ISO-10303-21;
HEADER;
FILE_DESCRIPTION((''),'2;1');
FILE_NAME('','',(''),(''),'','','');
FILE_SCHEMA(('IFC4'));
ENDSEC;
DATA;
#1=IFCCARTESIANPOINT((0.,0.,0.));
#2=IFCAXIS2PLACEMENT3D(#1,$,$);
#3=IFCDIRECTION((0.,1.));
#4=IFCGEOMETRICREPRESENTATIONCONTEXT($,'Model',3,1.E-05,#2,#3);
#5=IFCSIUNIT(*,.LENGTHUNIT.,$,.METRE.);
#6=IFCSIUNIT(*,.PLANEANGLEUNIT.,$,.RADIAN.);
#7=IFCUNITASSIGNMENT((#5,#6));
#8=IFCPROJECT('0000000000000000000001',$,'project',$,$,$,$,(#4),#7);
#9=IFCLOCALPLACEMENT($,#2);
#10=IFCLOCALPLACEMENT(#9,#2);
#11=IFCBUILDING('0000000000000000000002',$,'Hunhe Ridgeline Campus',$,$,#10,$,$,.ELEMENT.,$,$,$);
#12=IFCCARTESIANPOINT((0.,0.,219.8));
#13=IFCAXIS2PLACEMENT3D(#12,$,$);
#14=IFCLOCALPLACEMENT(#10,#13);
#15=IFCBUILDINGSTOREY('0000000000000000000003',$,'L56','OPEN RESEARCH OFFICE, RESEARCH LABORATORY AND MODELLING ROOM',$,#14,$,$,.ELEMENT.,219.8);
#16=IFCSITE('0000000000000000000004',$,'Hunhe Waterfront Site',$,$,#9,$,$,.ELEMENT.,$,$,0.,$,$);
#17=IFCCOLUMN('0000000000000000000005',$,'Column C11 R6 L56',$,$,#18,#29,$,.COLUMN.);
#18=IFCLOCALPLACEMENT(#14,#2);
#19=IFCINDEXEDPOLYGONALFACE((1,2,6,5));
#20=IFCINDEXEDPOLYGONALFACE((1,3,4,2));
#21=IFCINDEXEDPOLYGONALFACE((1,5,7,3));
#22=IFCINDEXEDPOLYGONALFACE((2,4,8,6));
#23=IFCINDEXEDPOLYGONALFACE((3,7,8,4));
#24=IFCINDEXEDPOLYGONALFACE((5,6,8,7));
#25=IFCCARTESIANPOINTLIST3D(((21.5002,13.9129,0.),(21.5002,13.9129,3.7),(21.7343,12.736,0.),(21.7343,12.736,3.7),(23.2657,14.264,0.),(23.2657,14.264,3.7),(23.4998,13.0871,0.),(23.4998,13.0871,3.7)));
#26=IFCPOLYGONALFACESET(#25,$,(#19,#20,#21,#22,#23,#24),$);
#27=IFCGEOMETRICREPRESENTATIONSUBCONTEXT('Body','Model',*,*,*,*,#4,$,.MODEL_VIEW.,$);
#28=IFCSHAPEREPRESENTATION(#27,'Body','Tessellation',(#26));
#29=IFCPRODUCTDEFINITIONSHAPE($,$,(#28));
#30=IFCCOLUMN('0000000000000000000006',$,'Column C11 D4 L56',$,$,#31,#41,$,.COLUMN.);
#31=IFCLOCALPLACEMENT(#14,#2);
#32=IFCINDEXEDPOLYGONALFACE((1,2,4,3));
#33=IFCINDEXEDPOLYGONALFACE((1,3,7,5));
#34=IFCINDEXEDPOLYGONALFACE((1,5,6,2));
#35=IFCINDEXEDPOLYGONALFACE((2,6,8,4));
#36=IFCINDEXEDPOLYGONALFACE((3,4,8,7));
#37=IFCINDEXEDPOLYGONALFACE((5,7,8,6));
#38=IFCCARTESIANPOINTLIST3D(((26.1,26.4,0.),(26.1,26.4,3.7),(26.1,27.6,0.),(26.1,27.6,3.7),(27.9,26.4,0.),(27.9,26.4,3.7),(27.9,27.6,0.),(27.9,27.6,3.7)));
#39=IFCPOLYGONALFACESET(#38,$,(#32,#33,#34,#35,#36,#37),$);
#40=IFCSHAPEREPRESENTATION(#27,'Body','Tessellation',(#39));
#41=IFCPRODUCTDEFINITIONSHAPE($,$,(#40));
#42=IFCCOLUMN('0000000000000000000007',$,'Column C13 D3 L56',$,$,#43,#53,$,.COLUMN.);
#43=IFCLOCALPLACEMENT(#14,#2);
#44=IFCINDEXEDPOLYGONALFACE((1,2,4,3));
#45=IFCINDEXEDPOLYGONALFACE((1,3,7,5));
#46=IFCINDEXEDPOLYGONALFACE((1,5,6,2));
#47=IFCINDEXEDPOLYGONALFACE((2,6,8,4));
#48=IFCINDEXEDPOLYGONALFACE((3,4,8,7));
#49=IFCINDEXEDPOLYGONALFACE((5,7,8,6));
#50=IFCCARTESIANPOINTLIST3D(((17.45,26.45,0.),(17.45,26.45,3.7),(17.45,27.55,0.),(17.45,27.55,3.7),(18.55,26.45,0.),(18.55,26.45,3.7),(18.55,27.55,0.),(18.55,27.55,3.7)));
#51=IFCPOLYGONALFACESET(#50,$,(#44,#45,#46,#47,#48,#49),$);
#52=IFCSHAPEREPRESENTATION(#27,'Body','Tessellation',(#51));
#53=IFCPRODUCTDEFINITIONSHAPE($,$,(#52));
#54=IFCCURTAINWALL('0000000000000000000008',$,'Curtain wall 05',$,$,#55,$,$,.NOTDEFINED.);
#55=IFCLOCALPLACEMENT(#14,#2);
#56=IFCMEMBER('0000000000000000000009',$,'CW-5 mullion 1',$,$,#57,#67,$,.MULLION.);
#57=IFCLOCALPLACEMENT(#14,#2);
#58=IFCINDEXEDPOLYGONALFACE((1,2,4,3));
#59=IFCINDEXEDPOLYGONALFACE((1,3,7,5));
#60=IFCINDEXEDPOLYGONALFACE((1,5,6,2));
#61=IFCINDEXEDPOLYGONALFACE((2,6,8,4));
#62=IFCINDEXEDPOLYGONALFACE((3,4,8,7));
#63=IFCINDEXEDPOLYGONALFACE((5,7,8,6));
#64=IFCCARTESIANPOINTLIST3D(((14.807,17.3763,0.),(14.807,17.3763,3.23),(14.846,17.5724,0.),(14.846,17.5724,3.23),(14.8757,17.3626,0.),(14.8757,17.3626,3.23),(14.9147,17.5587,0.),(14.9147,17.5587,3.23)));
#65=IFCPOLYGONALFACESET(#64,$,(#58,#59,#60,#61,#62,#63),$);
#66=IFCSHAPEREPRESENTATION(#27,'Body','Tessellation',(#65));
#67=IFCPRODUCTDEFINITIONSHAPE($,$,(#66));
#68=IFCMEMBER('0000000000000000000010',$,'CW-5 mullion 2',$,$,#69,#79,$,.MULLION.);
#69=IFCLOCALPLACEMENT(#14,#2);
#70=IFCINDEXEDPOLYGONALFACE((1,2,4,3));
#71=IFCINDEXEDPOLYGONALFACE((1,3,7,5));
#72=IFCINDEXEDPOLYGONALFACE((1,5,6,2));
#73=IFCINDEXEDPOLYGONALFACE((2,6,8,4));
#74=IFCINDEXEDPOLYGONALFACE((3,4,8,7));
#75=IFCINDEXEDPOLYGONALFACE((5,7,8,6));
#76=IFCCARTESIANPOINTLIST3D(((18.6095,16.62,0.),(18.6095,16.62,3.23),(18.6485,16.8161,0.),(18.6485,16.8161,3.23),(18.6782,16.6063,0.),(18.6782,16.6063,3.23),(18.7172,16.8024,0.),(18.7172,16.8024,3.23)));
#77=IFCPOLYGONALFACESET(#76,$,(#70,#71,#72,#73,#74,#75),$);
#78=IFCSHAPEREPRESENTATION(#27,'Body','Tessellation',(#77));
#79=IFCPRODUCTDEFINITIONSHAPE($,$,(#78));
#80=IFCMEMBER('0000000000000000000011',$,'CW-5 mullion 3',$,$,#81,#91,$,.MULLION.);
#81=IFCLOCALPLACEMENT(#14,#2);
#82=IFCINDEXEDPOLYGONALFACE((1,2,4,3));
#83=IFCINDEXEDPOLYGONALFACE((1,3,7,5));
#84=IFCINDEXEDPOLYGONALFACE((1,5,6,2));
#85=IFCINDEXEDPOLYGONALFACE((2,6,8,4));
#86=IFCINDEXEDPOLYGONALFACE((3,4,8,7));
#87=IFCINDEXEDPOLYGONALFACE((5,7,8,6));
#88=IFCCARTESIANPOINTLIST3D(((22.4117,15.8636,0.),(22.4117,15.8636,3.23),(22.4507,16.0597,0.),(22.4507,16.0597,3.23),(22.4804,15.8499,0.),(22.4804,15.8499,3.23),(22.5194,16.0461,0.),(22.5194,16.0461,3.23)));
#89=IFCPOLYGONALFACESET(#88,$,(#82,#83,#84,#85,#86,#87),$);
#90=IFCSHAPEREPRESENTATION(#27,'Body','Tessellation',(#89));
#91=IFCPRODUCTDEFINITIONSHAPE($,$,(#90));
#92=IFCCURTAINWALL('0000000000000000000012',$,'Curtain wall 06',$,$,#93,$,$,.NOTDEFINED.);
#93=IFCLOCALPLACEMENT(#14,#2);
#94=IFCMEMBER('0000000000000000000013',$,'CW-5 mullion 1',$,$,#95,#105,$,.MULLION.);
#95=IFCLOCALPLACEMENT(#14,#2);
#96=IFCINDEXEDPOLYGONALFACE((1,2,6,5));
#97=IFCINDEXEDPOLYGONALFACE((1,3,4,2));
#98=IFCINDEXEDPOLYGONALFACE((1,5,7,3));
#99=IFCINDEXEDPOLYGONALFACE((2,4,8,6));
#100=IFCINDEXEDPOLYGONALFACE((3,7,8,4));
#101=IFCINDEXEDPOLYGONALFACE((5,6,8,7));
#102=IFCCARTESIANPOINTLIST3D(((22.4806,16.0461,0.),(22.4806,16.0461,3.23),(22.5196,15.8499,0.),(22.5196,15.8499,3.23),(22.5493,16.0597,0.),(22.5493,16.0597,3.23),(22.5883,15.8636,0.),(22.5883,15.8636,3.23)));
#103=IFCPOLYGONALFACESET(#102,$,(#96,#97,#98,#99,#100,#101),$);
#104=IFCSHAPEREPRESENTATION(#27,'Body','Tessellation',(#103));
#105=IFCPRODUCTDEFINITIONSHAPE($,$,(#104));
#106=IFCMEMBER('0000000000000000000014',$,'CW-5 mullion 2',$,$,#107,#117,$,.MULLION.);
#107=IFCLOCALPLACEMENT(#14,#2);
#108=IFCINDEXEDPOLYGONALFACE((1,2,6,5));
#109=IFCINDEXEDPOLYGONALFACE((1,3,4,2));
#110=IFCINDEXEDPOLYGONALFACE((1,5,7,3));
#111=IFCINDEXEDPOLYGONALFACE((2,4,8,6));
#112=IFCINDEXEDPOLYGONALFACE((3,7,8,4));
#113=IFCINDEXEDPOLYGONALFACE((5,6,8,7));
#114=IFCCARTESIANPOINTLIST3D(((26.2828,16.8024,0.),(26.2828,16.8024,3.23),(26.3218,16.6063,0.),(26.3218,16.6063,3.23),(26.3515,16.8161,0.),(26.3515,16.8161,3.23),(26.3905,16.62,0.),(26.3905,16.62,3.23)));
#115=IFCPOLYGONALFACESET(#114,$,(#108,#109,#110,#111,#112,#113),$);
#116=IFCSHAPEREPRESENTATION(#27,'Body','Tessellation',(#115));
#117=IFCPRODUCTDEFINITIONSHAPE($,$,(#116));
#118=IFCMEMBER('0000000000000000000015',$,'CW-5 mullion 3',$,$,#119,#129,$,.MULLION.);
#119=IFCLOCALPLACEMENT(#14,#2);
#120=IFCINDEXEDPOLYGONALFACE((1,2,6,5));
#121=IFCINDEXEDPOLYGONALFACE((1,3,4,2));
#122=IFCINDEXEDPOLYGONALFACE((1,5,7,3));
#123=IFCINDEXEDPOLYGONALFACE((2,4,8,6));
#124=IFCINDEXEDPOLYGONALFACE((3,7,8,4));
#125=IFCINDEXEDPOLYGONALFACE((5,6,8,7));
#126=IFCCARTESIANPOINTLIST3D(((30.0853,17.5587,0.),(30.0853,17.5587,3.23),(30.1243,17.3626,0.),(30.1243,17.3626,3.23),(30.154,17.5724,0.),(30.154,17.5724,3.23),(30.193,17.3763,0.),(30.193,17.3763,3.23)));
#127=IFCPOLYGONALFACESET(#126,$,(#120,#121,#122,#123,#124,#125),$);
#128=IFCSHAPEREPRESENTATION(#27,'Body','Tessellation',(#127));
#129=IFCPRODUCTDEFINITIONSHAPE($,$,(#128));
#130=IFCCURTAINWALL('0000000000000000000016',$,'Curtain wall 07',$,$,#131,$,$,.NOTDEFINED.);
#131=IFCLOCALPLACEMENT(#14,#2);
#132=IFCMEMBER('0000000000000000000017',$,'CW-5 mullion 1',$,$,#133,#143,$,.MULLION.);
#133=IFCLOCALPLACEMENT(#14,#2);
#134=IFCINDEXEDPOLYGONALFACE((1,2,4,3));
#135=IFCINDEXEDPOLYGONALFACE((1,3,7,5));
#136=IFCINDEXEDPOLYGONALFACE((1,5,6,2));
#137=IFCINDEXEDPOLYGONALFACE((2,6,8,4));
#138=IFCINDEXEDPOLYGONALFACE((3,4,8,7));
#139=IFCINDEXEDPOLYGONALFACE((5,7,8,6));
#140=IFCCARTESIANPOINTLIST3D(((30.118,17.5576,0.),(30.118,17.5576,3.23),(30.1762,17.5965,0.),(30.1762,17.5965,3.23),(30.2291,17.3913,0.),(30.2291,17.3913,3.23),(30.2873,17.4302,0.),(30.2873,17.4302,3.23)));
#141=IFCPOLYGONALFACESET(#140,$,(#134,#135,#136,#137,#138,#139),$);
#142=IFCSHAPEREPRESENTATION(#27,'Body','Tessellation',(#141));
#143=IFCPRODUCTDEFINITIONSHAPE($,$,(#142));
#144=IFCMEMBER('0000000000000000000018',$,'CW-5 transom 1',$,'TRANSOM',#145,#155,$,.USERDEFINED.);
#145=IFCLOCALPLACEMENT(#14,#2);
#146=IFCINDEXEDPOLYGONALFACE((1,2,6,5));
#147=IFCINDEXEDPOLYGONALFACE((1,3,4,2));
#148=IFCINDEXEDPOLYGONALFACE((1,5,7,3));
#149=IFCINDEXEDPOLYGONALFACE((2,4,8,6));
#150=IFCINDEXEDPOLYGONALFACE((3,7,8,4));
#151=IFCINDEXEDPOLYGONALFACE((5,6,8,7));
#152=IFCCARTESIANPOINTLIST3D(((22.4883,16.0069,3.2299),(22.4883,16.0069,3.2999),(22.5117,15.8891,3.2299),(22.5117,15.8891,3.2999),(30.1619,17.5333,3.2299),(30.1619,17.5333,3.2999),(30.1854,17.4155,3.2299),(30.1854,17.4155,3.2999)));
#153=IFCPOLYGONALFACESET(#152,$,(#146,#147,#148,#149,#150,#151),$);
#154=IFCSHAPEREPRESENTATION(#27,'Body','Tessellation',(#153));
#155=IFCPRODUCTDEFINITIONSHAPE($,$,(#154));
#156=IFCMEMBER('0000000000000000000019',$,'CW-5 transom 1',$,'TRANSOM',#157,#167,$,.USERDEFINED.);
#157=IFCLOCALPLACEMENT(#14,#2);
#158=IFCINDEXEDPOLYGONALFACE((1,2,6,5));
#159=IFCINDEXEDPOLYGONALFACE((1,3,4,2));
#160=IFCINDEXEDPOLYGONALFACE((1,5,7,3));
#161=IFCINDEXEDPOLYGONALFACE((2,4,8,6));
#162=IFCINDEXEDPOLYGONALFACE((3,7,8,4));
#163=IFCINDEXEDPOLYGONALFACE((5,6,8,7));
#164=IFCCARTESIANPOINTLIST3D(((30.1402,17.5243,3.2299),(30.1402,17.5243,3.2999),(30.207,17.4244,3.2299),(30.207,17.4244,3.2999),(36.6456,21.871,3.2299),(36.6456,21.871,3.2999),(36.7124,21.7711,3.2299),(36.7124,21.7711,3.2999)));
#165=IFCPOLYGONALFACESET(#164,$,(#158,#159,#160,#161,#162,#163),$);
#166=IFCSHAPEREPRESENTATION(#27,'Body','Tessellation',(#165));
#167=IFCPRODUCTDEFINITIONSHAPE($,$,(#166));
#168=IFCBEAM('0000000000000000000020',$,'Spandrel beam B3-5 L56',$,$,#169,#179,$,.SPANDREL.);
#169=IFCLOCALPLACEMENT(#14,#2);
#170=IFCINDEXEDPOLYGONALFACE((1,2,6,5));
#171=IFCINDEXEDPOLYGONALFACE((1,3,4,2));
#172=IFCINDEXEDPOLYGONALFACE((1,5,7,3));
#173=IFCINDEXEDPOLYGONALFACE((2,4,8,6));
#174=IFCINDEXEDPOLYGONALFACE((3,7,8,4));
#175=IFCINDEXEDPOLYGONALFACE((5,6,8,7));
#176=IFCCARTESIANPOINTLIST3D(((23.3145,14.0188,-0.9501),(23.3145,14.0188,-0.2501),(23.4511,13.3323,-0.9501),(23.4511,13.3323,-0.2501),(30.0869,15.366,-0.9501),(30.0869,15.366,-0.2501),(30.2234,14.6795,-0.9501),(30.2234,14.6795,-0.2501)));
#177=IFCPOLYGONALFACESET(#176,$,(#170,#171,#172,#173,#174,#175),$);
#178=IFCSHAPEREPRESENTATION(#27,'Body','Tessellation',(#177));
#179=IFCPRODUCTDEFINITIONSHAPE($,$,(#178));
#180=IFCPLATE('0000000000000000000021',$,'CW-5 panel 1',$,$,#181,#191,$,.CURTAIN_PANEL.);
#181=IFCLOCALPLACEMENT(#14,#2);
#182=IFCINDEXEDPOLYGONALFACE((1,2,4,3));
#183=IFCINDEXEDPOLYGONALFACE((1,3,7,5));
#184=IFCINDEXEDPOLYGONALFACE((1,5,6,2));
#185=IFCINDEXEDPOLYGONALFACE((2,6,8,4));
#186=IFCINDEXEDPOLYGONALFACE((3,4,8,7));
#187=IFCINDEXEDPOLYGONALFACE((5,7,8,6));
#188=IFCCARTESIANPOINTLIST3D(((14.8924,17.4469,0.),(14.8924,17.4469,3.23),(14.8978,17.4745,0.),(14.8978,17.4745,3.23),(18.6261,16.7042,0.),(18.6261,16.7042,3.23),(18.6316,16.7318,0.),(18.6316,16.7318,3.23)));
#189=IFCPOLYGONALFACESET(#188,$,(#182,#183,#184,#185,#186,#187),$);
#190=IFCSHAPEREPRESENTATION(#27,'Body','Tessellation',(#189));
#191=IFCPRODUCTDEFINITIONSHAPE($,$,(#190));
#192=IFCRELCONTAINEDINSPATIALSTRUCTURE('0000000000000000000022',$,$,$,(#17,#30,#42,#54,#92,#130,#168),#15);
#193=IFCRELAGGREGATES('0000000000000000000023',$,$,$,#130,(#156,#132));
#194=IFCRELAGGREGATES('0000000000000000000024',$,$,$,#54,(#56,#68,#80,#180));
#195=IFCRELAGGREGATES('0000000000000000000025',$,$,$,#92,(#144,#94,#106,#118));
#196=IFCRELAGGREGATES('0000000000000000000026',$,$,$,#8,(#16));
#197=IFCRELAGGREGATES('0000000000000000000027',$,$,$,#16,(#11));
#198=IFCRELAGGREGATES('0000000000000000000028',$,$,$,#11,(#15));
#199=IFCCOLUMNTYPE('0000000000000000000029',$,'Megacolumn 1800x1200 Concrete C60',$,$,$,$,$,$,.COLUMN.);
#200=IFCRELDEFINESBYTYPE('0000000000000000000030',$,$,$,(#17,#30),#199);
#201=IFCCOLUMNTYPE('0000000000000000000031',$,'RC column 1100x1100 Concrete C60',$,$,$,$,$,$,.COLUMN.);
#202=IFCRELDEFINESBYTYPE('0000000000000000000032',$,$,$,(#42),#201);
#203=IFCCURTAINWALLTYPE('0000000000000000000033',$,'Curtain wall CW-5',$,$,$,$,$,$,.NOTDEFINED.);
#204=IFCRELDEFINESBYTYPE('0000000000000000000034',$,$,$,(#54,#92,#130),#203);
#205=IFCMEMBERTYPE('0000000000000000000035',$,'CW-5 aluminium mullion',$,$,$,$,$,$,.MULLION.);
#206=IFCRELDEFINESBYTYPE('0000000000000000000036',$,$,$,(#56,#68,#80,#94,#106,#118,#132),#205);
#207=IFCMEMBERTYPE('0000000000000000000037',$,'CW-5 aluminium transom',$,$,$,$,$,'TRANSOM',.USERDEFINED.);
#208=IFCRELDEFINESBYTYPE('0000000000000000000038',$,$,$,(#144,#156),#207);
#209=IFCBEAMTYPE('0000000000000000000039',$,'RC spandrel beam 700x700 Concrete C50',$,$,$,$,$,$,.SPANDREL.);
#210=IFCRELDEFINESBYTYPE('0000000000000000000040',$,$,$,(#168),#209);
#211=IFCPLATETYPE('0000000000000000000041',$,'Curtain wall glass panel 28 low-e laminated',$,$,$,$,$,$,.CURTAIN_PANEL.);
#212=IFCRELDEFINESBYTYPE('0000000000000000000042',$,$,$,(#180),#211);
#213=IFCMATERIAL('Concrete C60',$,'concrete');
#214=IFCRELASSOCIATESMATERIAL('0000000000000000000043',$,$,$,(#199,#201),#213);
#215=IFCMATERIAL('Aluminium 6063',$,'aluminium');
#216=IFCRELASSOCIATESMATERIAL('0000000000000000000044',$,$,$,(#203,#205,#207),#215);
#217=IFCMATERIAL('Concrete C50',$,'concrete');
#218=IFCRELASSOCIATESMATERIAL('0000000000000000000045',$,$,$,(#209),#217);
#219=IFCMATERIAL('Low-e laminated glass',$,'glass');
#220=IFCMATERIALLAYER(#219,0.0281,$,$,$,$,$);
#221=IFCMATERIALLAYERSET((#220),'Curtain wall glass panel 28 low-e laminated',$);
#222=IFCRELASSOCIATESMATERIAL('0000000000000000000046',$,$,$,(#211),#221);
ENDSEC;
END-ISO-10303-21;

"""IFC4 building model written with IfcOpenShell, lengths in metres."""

from ifc_helpers import new_model, si_unit, direction, frame, origin, origin_2d, place, context, subcontext, project, spatial, rectangle, extrude, material, layer, layer_set, material_profile, profile_set, type_object, element, aggregate, save


model = new_model("IFC4")

# Units and contexts
model_context = context("Model", 3, precision=1e-05, world=origin(), true_north=direction((0.0, 1.0)))
body_context = subcontext(model_context, "Body", "Model", "MODEL_VIEW")
ifc_project = project(units=[si_unit("LENGTHUNIT", "METRE"), si_unit("PLANEANGLEUNIT", "RADIAN")], contexts=[model_context])

# Site, building, storey
site_placement = place(None, origin())
site = spatial("IfcSite", under=ifc_project, at=site_placement, Name="Hunhe Waterfront Site", CompositionType="ELEMENT", RefElevation=0.0)
building_placement = place(site_placement, origin())
building = spatial("IfcBuilding", under=site, at=building_placement, Name="Hunhe Ridgeline Campus", CompositionType="ELEMENT")
storey_placement = place(building_placement, frame((0.0, 0.0, 219.8)))
storey = spatial("IfcBuildingStorey", under=building, at=storey_placement, Name="L56", Description="OPEN RESEARCH OFFICE, RESEARCH LABORATORY AND MODELLING ROOM", CompositionType="ELEMENT", Elevation=219.8)

# Columns
ifc_material_1 = material(Name="Concrete C60", Category="concrete")
ifc_material_profile_1 = material_profile(ifc_material_1, rectangle(XDim=1.8, YDim=1.2, at=origin_2d()))
ifc_profile_set_1 = profile_set([ifc_material_profile_1], Name="Concrete C60")
column_type_1 = type_object("IfcColumnType", Name="Megacolumn 1800x1200 Concrete C60", PredefinedType="COLUMN", material=ifc_profile_set_1)
for number, where, z_axis, x_axis, name in (
    (1, (22.5, 13.5, 0.0), (0.0, 0.0, 1.0), (0.980785, 0.19509, 0.0), "Column C11 R6 L56"),
    (2, (27.0, 27.0, 0.0), (0.0, 0.0, 1.0), (1.0, 0.0, 0.0), "Column C11 D4 L56"),
):
    element("IfcColumn", number, at=place(storey_placement, frame(where, z_axis=z_axis, x_axis=x_axis)), inside=storey, type_object=column_type_1, Name=name, PredefinedType="COLUMN", context=body_context, shape_type="SweptSolid", body=[
        extrude(rectangle(XDim=1.8, YDim=1.2, at=origin_2d()), origin(), (0.0, 0.0, 1.0), 3.7),
    ])
ifc_material_profile_2 = material_profile(ifc_material_1, rectangle(XDim=1.1001, YDim=1.1001, at=origin_2d()))
ifc_profile_set_2 = profile_set([ifc_material_profile_2], Name="Concrete C60")
column_type_2 = type_object("IfcColumnType", Name="RC column 1100x1100 Concrete C60", PredefinedType="COLUMN", material=ifc_profile_set_2)
column_placement = place(storey_placement, frame((18.0, 27.0, 0.0), z_axis=(0.0, 0.0, 1.0), x_axis=(1.0, 0.0, 0.0)))
element("IfcColumn", 3, at=column_placement, inside=storey, type_object=column_type_2, Name="Column C13 D3 L56", PredefinedType="COLUMN", context=body_context, shape_type="SweptSolid", body=[
    extrude(rectangle(XDim=1.1001, YDim=1.1001, at=origin_2d()), origin(), (0.0, 0.0, 1.0), 3.7),
])

# Curtain walls, members
ifc_material_2 = material(Name="Aluminium 6063", Category="aluminium")
curtain_wall_type = type_object("IfcCurtainWallType", Name="Curtain wall CW-5", PredefinedType="NOTDEFINED", material=ifc_material_2)
curtain_wall_1_placement = place(storey_placement, origin())
curtain_wall_1 = element("IfcCurtainWall", 4, at=curtain_wall_1_placement, inside=storey, type_object=curtain_wall_type, Name="Curtain wall 05", PredefinedType="NOTDEFINED")
ifc_material_profile_3 = material_profile(ifc_material_2, rectangle(XDim=0.2, YDim=0.0701, at=origin_2d()))
ifc_profile_set_3 = profile_set([ifc_material_profile_3], Name="Aluminium 6063")
member_type_1 = type_object("IfcMemberType", Name="CW-5 aluminium mullion", PredefinedType="MULLION", material=ifc_profile_set_3)
member_1_placement = place(storey_placement, frame((14.8608, 17.4675, 0.0), z_axis=(0.0, 0.0, 1.0), x_axis=(0.19509, 0.980785, 0.0)))
member_1 = element("IfcMember", 5, at=member_1_placement, type_object=member_type_1, Name="CW-5 mullion 1", PredefinedType="MULLION", context=body_context, shape_type="SweptSolid", body=[
    extrude(rectangle(XDim=0.2, YDim=0.0701, at=origin_2d()), origin(), (0.0, 0.0, 1.0), 3.23),
])
member_2_placement = place(storey_placement, frame((18.6633, 16.7112, 0.0), z_axis=(0.0, 0.0, 1.0), x_axis=(0.19509, 0.980785, 0.0)))
member_2 = element("IfcMember", 6, at=member_2_placement, type_object=member_type_1, Name="CW-5 mullion 2", PredefinedType="MULLION", context=body_context, shape_type="SweptSolid", body=[
    extrude(rectangle(XDim=0.2, YDim=0.0701, at=origin_2d()), origin(), (0.0, 0.0, 1.0), 3.23),
])
member_3_placement = place(storey_placement, frame((22.4656, 15.9548, 0.0), z_axis=(0.0, 0.0, 1.0), x_axis=(0.19509, 0.980785, 0.0)))
member_3 = element("IfcMember", 7, at=member_3_placement, type_object=member_type_1, Name="CW-5 mullion 3", PredefinedType="MULLION", context=body_context, shape_type="SweptSolid", body=[
    extrude(rectangle(XDim=0.2, YDim=0.0701, at=origin_2d()), origin(), (0.0, 0.0, 1.0), 3.23),
])
curtain_wall_2_placement = place(storey_placement, origin())
curtain_wall_2 = element("IfcCurtainWall", 8, at=curtain_wall_2_placement, inside=storey, type_object=curtain_wall_type, Name="Curtain wall 06", PredefinedType="NOTDEFINED")
member_4_placement = place(storey_placement, frame((22.5344, 15.9548, 0.0), z_axis=(0.0, 0.0, 1.0), x_axis=(-0.19509, 0.980785, 0.0)))
member_4 = element("IfcMember", 9, at=member_4_placement, type_object=member_type_1, Name="CW-5 mullion 1", PredefinedType="MULLION", context=body_context, shape_type="SweptSolid", body=[
    extrude(rectangle(XDim=0.2, YDim=0.0701, at=origin_2d()), origin(), (0.0, 0.0, 1.0), 3.23),
])
member_5_placement = place(storey_placement, frame((26.3367, 16.7112, 0.0), z_axis=(0.0, 0.0, 1.0), x_axis=(-0.19509, 0.980785, 0.0)))
member_5 = element("IfcMember", 10, at=member_5_placement, type_object=member_type_1, Name="CW-5 mullion 2", PredefinedType="MULLION", context=body_context, shape_type="SweptSolid", body=[
    extrude(rectangle(XDim=0.2, YDim=0.0701, at=origin_2d()), origin(), (0.0, 0.0, 1.0), 3.23),
])
member_6_placement = place(storey_placement, frame((30.1392, 17.4675, 0.0), z_axis=(0.0, 0.0, 1.0), x_axis=(-0.19509, 0.980785, 0.0)))
member_6 = element("IfcMember", 11, at=member_6_placement, type_object=member_type_1, Name="CW-5 mullion 3", PredefinedType="MULLION", context=body_context, shape_type="SweptSolid", body=[
    extrude(rectangle(XDim=0.2, YDim=0.0701, at=origin_2d()), origin(), (0.0, 0.0, 1.0), 3.23),
])

# Curtain wall, member
curtain_wall_3_placement = place(storey_placement, origin())
curtain_wall_3 = element("IfcCurtainWall", 12, at=curtain_wall_3_placement, inside=storey, type_object=curtain_wall_type, Name="Curtain wall 07", PredefinedType="NOTDEFINED")
member_7_placement = place(storey_placement, frame((30.2026, 17.4939, 0.0), z_axis=(0.0, 0.0, 1.0), x_axis=(-0.55557, 0.83147, 0.0)))
member_7 = element("IfcMember", 13, at=member_7_placement, type_object=member_type_1, Name="CW-5 mullion 1", PredefinedType="MULLION", context=body_context, shape_type="SweptSolid", body=[
    extrude(rectangle(XDim=0.2, YDim=0.0701, at=origin_2d()), origin(), (0.0, 0.0, 1.0), 3.23),
])

# Members
ifc_material_profile_4 = material_profile(ifc_material_2, rectangle(XDim=0.1201, YDim=0.0701, at=origin_2d()))
ifc_profile_set_4 = profile_set([ifc_material_profile_4], Name="Aluminium 6063")
member_type_2 = type_object("IfcMemberType", Name="CW-5 aluminium transom", ElementType="TRANSOM", PredefinedType="USERDEFINED", material=ifc_profile_set_4)
member_8_placement = place(storey_placement, frame((22.5, 15.948, 3.2649), z_axis=(0.980785, 0.19509, 0.0), x_axis=(-0.19509, 0.980785, 0.0)))
member_8 = element("IfcMember", 14, at=member_8_placement, type_object=member_type_2, Name="CW-5 transom 1", ObjectType="TRANSOM", PredefinedType="USERDEFINED", context=body_context, shape_type="SweptSolid", body=[
    extrude(rectangle(XDim=0.1201, YDim=0.0701, at=origin_2d()), origin(), (0.0, 0.0, 1.0), 7.824),
])
member_9_placement = place(storey_placement, frame((30.1736, 17.4744, 3.2649), z_axis=(0.831474, 0.555564, 0.0), x_axis=(-0.555564, 0.831474, 0.0)))
member_9 = element("IfcMember", 15, at=member_9_placement, type_object=member_type_2, Name="CW-5 transom 1", ObjectType="TRANSOM", PredefinedType="USERDEFINED", context=body_context, shape_type="SweptSolid", body=[
    extrude(rectangle(XDim=0.1201, YDim=0.0701, at=origin_2d()), origin(), (0.0, 0.0, 1.0), 7.824),
])
aggregate(curtain_wall_3, [member_9, member_7])

# Beam
ifc_material_3 = material(Name="Concrete C50", Category="concrete")
ifc_material_profile_5 = material_profile(ifc_material_3, rectangle(XDim=0.7, YDim=0.7, at=origin_2d()))
ifc_profile_set_5 = profile_set([ifc_material_profile_5], Name="Concrete C50")
beam_type = type_object("IfcBeamType", Name="RC spandrel beam 700x700 Concrete C50", PredefinedType="SPANDREL", material=ifc_profile_set_5)
beam_placement = place(storey_placement, frame((23.3828, 13.6755, -0.6001), z_axis=(0.980783, 0.195103, 0.0), x_axis=(-0.195103, 0.980783, 0.0)))
element("IfcBeam", 16, at=beam_placement, inside=storey, type_object=beam_type, Name="Spandrel beam B3-5 L56", PredefinedType="SPANDREL", context=body_context, shape_type="SweptSolid", body=[
    extrude(rectangle(XDim=0.7, YDim=0.7, at=origin_2d()), origin(), (0.0, 0.0, 1.0), 6.905),
])

# Plate
ifc_material_4 = material(Name="Low-e laminated glass", Category="glass")
ifc_layer_1 = layer(ifc_material_4, 0.0281)
ifc_layer_set_1 = layer_set([ifc_layer_1], Name="Curtain wall glass panel 28 low-e laminated")
plate_type = type_object("IfcPlateType", Name="Curtain wall glass panel 28 low-e laminated", PredefinedType="CURTAIN_PANEL", material=ifc_layer_set_1)
plate_1_placement = place(storey_placement, frame((16.762, 17.0894, 0.0), z_axis=(0.0, 0.0, 1.0), x_axis=(0.980785, -0.19509, 0.0)))
plate_1 = element("IfcPlate", 17, at=plate_1_placement, type_object=plate_type, Name="CW-5 panel 1", PredefinedType="CURTAIN_PANEL", context=body_context, shape_type="SweptSolid", body=[
    extrude(rectangle(XDim=3.8069, YDim=0.0281, at=origin_2d()), origin(), (0.0, 0.0, 1.0), 3.23),
])
aggregate(curtain_wall_1, [member_1, member_2, member_3, plate_1])
aggregate(curtain_wall_2, [member_8, member_4, member_5, member_6])

save(model, "model.ifc")
